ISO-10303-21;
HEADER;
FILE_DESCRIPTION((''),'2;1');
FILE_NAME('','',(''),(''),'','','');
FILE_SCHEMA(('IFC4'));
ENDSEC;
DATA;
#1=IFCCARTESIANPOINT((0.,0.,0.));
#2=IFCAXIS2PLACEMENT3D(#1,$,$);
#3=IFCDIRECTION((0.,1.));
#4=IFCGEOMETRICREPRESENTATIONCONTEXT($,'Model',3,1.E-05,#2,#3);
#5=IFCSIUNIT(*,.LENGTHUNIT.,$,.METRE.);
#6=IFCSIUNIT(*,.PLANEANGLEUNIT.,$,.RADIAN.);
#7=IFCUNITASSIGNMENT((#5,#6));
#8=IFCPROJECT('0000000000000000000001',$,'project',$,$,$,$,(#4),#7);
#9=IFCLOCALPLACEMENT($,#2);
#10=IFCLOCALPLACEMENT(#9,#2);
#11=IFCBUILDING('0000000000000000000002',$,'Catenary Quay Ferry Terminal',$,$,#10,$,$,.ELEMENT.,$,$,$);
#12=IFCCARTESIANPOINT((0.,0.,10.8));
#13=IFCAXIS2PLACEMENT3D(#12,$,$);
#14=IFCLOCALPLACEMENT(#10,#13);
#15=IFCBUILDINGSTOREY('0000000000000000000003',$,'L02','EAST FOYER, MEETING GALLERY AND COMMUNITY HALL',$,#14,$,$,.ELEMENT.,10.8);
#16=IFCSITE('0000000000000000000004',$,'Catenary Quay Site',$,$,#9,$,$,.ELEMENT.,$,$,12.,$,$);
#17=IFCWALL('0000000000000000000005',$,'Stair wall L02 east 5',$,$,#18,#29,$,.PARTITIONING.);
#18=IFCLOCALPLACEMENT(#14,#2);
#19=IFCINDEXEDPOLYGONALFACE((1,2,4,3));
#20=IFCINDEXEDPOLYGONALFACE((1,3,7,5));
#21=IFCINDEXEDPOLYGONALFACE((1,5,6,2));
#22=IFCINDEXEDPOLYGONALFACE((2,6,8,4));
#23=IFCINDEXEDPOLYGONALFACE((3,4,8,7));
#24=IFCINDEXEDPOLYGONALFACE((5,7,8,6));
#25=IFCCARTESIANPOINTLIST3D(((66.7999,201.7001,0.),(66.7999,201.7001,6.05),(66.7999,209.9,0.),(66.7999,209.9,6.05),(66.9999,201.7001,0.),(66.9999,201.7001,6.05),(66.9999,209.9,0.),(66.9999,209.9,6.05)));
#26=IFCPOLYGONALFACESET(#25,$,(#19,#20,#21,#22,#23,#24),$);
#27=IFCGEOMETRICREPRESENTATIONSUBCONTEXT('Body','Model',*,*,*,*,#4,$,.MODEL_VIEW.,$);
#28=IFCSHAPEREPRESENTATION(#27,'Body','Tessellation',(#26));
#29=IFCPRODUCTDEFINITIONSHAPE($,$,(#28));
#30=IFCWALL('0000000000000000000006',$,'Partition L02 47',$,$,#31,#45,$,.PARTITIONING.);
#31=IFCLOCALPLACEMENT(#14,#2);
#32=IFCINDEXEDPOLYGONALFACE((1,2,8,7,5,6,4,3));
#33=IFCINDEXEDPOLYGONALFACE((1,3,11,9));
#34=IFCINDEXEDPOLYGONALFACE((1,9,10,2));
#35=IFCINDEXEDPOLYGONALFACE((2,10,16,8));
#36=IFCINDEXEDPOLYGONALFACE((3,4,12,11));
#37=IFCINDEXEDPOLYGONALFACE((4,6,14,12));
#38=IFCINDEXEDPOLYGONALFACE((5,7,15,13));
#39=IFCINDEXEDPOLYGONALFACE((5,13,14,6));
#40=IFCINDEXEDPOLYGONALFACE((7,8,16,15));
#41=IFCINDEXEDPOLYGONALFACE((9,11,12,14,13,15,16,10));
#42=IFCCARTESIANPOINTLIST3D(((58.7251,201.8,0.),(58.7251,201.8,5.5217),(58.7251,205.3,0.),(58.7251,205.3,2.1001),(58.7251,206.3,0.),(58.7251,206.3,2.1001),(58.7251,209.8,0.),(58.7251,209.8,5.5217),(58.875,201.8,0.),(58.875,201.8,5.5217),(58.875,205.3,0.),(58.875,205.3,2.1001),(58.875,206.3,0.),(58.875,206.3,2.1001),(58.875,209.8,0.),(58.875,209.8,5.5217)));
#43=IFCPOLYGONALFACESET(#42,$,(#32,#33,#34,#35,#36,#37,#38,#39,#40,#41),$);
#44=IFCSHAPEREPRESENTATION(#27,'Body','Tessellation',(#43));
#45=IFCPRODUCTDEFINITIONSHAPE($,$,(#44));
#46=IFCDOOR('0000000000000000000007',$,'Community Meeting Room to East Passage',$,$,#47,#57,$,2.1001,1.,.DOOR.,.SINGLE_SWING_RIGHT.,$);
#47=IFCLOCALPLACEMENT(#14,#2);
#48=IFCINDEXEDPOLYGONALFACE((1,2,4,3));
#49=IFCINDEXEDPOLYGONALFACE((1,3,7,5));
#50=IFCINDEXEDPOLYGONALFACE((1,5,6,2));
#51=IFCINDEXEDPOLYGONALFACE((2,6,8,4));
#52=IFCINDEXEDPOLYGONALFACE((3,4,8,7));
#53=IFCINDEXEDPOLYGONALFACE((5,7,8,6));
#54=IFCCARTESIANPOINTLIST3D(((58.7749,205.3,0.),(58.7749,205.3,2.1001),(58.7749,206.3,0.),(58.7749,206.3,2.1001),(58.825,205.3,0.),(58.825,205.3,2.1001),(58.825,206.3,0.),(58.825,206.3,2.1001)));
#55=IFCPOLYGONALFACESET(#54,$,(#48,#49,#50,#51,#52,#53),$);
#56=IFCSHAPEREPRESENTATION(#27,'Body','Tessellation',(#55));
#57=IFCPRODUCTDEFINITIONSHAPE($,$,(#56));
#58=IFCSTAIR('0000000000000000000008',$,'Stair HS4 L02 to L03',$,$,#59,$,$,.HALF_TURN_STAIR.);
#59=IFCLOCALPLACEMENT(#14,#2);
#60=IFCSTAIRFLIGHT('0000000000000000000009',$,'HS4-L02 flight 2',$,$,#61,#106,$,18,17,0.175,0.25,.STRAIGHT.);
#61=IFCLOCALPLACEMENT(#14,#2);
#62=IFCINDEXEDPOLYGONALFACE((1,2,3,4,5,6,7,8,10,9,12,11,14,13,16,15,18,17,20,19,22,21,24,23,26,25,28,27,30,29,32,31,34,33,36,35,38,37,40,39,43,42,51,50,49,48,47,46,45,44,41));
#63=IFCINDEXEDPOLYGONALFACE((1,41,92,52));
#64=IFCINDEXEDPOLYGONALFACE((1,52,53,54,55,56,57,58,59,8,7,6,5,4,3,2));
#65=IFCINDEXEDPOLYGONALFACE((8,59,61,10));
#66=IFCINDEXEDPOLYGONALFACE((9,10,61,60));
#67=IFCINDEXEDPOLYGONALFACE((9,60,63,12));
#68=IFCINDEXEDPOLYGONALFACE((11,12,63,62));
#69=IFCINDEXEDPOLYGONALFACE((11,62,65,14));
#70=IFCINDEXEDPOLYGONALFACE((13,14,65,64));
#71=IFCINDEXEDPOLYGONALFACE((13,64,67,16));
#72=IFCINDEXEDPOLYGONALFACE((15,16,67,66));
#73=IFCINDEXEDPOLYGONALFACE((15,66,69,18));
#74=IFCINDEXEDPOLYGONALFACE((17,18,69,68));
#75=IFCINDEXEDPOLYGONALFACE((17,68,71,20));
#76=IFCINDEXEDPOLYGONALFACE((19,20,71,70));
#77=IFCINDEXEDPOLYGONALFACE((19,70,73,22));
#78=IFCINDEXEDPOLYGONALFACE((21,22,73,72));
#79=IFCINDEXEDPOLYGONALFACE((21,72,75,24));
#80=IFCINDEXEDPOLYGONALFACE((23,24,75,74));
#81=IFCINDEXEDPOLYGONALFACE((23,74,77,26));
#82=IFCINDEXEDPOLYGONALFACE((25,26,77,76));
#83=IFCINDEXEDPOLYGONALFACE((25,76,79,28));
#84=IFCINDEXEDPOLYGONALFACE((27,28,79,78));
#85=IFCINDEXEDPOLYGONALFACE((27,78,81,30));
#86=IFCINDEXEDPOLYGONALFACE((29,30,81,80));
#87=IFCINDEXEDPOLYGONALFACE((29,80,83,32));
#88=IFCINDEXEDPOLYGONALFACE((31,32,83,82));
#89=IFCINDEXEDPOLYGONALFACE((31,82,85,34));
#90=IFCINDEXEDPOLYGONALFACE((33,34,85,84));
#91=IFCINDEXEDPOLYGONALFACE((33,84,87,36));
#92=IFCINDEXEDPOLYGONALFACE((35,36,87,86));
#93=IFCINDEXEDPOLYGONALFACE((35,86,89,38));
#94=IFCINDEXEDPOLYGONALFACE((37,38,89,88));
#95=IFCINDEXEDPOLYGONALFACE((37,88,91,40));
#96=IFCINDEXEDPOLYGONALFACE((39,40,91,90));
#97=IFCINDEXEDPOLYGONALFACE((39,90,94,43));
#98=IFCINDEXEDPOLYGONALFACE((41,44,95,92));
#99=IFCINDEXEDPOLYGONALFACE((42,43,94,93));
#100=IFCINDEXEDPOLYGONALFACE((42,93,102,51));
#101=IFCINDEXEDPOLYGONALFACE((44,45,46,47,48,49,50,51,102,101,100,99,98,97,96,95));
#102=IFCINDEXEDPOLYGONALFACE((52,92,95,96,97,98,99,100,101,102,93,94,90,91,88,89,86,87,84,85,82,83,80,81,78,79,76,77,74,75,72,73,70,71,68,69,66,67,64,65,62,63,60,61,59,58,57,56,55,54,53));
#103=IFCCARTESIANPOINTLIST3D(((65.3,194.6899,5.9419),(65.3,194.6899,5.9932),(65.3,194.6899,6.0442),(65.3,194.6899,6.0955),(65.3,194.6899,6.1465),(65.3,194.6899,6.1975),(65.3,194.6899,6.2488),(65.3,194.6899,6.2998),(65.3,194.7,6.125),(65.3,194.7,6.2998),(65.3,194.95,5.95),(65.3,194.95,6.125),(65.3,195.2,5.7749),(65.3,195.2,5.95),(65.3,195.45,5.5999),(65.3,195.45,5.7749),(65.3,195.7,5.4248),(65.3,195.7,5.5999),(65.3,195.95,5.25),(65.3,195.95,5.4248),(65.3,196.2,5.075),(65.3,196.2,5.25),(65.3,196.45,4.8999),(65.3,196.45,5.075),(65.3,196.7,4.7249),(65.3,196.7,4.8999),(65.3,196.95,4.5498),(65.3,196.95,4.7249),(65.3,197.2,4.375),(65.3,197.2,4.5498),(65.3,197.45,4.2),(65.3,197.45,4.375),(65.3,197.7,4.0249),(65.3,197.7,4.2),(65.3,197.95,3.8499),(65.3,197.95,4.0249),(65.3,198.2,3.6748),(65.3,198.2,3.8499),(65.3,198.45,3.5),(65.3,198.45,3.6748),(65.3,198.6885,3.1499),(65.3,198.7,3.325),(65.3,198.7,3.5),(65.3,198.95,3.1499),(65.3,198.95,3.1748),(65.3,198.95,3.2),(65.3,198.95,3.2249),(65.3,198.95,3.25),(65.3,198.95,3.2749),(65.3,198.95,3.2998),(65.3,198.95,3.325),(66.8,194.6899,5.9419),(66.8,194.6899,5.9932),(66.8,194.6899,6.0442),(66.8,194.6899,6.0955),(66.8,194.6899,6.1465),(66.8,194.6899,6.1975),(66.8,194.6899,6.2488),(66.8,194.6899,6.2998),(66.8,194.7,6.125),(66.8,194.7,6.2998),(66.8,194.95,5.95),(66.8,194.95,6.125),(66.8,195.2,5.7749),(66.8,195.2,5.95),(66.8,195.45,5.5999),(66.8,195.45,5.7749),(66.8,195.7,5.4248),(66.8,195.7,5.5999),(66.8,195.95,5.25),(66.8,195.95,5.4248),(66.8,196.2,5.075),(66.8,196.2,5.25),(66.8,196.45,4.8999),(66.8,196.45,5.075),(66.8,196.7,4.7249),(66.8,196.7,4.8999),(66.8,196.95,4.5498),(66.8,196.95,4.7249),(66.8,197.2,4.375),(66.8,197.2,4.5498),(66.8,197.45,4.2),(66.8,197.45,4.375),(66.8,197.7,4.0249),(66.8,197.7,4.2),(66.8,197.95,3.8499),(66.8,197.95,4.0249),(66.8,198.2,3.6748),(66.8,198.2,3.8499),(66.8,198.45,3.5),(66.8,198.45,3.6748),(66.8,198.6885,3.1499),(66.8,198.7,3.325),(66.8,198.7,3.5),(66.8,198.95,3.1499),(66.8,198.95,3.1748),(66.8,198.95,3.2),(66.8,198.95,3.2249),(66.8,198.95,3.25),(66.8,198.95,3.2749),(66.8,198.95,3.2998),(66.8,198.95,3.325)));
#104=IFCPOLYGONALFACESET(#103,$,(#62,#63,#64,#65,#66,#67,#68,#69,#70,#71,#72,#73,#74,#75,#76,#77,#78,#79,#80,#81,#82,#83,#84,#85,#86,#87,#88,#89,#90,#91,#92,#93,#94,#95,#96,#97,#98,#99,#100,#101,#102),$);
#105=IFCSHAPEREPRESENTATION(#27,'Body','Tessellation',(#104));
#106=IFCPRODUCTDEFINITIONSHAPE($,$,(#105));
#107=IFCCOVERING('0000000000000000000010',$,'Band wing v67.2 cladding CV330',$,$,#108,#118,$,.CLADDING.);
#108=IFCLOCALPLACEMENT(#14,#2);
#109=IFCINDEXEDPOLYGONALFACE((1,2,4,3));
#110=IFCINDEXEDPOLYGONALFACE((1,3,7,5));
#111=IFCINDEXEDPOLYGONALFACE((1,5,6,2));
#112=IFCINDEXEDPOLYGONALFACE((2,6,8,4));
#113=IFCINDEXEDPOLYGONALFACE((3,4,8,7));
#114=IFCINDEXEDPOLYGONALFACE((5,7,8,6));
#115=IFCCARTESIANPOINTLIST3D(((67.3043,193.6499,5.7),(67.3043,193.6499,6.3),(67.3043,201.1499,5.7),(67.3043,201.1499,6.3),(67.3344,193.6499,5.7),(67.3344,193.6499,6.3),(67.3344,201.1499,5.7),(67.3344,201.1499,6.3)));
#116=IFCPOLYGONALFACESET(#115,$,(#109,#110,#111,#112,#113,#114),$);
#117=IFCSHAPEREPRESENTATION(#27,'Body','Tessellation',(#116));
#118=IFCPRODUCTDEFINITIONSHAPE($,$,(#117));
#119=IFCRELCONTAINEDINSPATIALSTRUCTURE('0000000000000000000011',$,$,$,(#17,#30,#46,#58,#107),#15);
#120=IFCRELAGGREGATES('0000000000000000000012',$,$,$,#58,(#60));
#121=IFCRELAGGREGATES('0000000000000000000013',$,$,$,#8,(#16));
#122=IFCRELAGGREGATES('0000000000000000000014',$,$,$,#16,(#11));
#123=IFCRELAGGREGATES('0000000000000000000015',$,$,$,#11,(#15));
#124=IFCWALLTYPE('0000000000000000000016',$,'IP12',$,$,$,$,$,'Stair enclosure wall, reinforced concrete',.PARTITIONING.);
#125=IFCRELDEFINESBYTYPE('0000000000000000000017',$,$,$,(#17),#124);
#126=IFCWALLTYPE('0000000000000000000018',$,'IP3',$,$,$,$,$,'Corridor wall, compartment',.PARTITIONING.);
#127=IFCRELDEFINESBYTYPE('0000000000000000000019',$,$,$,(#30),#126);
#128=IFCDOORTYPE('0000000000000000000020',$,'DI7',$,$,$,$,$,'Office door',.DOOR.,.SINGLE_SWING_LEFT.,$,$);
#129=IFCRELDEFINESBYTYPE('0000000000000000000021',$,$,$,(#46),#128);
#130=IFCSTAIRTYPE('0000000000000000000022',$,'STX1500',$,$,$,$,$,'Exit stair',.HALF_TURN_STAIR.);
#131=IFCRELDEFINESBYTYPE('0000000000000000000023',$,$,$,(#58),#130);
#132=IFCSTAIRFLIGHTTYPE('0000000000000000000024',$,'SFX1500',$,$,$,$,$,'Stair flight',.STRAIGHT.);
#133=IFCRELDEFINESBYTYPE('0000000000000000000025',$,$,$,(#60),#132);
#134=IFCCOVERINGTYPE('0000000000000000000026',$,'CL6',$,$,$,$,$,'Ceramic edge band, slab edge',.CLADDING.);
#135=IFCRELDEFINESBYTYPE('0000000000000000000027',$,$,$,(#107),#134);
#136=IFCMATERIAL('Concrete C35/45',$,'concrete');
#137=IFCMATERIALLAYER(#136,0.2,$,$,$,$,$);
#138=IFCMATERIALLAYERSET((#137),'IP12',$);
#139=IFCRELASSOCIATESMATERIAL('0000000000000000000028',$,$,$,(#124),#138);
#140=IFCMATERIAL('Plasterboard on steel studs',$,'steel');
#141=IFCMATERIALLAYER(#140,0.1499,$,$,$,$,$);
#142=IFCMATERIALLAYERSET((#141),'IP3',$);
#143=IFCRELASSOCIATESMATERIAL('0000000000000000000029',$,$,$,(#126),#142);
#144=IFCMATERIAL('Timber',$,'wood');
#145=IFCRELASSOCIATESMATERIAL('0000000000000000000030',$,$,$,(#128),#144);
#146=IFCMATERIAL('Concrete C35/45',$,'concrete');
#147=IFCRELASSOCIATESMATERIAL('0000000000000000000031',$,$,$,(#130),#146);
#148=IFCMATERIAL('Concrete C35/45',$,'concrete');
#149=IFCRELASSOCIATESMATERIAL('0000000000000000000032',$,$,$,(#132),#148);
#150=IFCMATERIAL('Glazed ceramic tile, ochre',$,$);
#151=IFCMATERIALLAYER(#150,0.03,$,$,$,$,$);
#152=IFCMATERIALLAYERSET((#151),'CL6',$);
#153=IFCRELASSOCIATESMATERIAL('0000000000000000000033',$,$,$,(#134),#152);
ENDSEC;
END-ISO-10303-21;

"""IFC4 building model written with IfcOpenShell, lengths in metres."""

from ifc_helpers import new_model, si_unit, direction, frame, frame_2d, origin, origin_2d, place, context, subcontext, project, spatial, polyline, rectangle, outline, extrude, material, layer, layer_set, type_object, element, fill, aggregate, save


model = new_model("IFC4")

# Units and contexts
model_context = context("Model", 3, precision=1e-05, world=origin(), true_north=direction((0.0, 1.0)))
body_context = subcontext(model_context, "Body", "Model", "MODEL_VIEW")
ifc_project = project(units=[si_unit("LENGTHUNIT", "METRE"), si_unit("PLANEANGLEUNIT", "RADIAN")], contexts=[model_context])

# Site, building, storey
site_placement = place(None, origin())
site = spatial("IfcSite", under=ifc_project, at=site_placement, Name="Catenary Quay Site", CompositionType="ELEMENT", RefElevation=12.0)
building_placement = place(site_placement, origin())
building = spatial("IfcBuilding", under=site, at=building_placement, Name="Catenary Quay Ferry Terminal", CompositionType="ELEMENT")
storey_placement = place(building_placement, frame((0.0, 0.0, 10.8)))
storey = spatial("IfcBuildingStorey", under=building, at=storey_placement, Name="L02", Description="EAST FOYER, MEETING GALLERY AND COMMUNITY HALL", CompositionType="ELEMENT", Elevation=10.8)

# Wall
ifc_material_1 = material(Name="Concrete C35/45", Category="concrete")
ifc_layer_1 = layer(ifc_material_1, 0.2)
ifc_layer_set_1 = layer_set([ifc_layer_1], Name="IP12")
wall_type_1 = type_object("IfcWallType", Name="IP12", ElementType="Stair enclosure wall, reinforced concrete", PredefinedType="PARTITIONING", material=ifc_layer_set_1)
wall_1_placement = place(storey_placement, frame((66.8999, 201.7, 0.0), z_axis=(0.0, 0.0, 1.0), x_axis=(0.0, 1.0, 0.0)))
element("IfcWall", 1, at=wall_1_placement, inside=storey, type_object=wall_type_1, Name="Stair wall L02 east 5", PredefinedType="PARTITIONING", context=body_context, shape_type="SweptSolid", body=[
    extrude(rectangle(XDim=8.2, YDim=0.2, at=frame_2d((4.1001, 0.0))), origin(), (0.0, 0.0, 1.0), 6.05),
])

# Wall, opening, door
ifc_material_2 = material(Name="Plasterboard on steel studs", Category="steel")
ifc_layer_2 = layer(ifc_material_2, 0.1499)
ifc_layer_set_2 = layer_set([ifc_layer_2], Name="IP3")
wall_type_2 = type_object("IfcWallType", Name="IP3", ElementType="Corridor wall, compartment", PredefinedType="PARTITIONING", material=ifc_layer_set_2)
wall_2_placement = place(storey_placement, frame((58.8, 201.8, 0.0), z_axis=(0.0, 0.0, 1.0), x_axis=(0.0, 1.0, 0.0)))
wall_2 = element("IfcWall", 2, at=wall_2_placement, inside=storey, type_object=wall_type_2, Name="Partition L02 47", PredefinedType="PARTITIONING", context=body_context, shape_type="SweptSolid", body=[
    extrude(rectangle(XDim=8.0, YDim=0.1499, at=frame_2d((4.0, 0.0))), origin(), (0.0, 0.0, 1.0), 5.5217),
])
opening_placement = place(wall_2_placement, frame((3.5, 0.0, 0.0)))
opening = element("IfcOpeningElement", 3, at=opening_placement, cuts=wall_2, PredefinedType="OPENING", context=body_context, shape_type="SweptSolid", body=[
    extrude(rectangle(XDim=1.0, YDim=2.1001, at=frame_2d((0.5, 1.05))), frame((0.0, 0.085, 0.0), z_axis=(0.0, -1.0, 0.0), x_axis=(1.0, 0.0, 0.0)), (0.0, 0.0, 1.0), 0.1699),
])
ifc_material_3 = material(Name="Timber", Category="wood")
door_type = type_object("IfcDoorType", Name="DI7", ElementType="Office door", OperationType="SINGLE_SWING_LEFT", PredefinedType="DOOR", material=ifc_material_3)
door_placement = place(opening_placement, frame((1.0, 0.0, 0.0), z_axis=(0.0, 0.0, 1.0), x_axis=(-1.0, 0.0, 0.0)))
door = element("IfcDoor", 4, at=door_placement, inside=storey, type_object=door_type, Name="Community Meeting Room to East Passage", OperationType="SINGLE_SWING_RIGHT", OverallHeight=2.1001, OverallWidth=1.0, PredefinedType="DOOR", context=body_context, shape_type="SweptSolid", body=[
    extrude(rectangle(XDim=1.0, YDim=2.1001, at=frame_2d((0.5, 1.05))), frame((0.0, 0.0249, 0.0), z_axis=(0.0, -1.0, 0.0), x_axis=(1.0, 0.0, 0.0)), (0.0, 0.0, 1.0), 0.05),
])
fill(opening, door)

# Stair, stair flight
ifc_material_4 = material(Name="Concrete C35/45", Category="concrete")
stair_type = type_object("IfcStairType", Name="STX1500", ElementType="Exit stair", PredefinedType="HALF_TURN_STAIR", material=ifc_material_4)
stair_placement = place(storey_placement, origin())
stair = element("IfcStair", 5, at=stair_placement, inside=storey, type_object=stair_type, Name="Stair HS4 L02 to L03", PredefinedType="HALF_TURN_STAIR")
ifc_material_5 = material(Name="Concrete C35/45", Category="concrete")
stair_flight_type = type_object("IfcStairFlightType", Name="SFX1500", ElementType="Stair flight", PredefinedType="STRAIGHT", material=ifc_material_5)
stair_flight_placement = place(storey_placement, frame((66.05, 198.95, 3.1499), z_axis=(0.0, 0.0, 1.0), x_axis=(0.0, -1.0, 0.0)))
stair_flight = element("IfcStairFlight", 6, at=stair_flight_placement, type_object=stair_flight_type, Name="HS4-L02 flight 2", NumberOfRisers=18, NumberOfTreads=17, PredefinedType="STRAIGHT", RiserHeight=0.175, TreadLength=0.25, context=body_context, shape_type="SweptSolid", body=[
    extrude(outline(polyline([(0.0, 0.0), (0.0, 0.0249), (0.0, 0.05), (0.0, 0.075), (0.0, 0.1001), (0.0, 0.125), (0.0, 0.1499), (0.0, 0.175), (0.25, 0.175), (0.25, 0.3501), (0.5, 0.3501), (0.5, 0.5249), (0.75, 0.5249), (0.75, 0.7), (1.0, 0.7), (1.0, 0.875), (1.25, 0.875), (1.25, 1.05), (1.5, 1.05), (1.5, 1.2251), (1.75, 1.2251), (1.75, 1.3999), (2.0, 1.3999), (2.0, 1.575), (2.25, 1.575), (2.25, 1.75), (2.5, 1.75), (2.5, 1.925), (2.75, 1.925), (2.75, 2.1001), (3.0, 2.1001), (3.0, 2.2749), (3.25, 2.2749), (3.25, 2.45), (3.5, 2.45), (3.5, 2.625), (3.75, 2.625), (3.75, 2.8), (4.0, 2.8), (4.0, 2.9751), (4.25, 2.9751), (4.25, 3.1499), (4.26, 3.1499), (4.26, 3.0989), (4.26, 3.0476), (4.26, 2.9966), (4.26, 2.9456), (4.26, 2.8943), (4.26, 2.8433), (4.26, 2.792), (0.2615, 0.0), (0.0, 0.0)])), frame((0.0, 0.75, 0.0), z_axis=(0.0, -1.0, 0.0), x_axis=(1.0, 0.0, 0.0)), (0.0, 0.0, 1.0), 1.5),
])
aggregate(stair, [stair_flight])

# Covering
ifc_material_6 = material(Name="Glazed ceramic tile, ochre")
ifc_layer_3 = layer(ifc_material_6, 0.03)
ifc_layer_set_3 = layer_set([ifc_layer_3], Name="CL6")
covering_type = type_object("IfcCoveringType", Name="CL6", ElementType="Ceramic edge band, slab edge", PredefinedType="CLADDING", material=ifc_layer_set_3)
covering_placement = place(storey_placement, frame((67.3193, 197.3999, 5.7), z_axis=(0.0, 0.0, 1.0), x_axis=(1.0, 0.0, 0.0)))
element("IfcCovering", 7, at=covering_placement, inside=storey, type_object=covering_type, Name="Band wing v67.2 cladding CV330", PredefinedType="CLADDING", context=body_context, shape_type="SweptSolid", body=[
    extrude(rectangle(XDim=0.03, YDim=7.5, at=origin_2d()), origin(), (0.0, 0.0, 1.0), 0.6001),
])

save(model, "model.ifc")
